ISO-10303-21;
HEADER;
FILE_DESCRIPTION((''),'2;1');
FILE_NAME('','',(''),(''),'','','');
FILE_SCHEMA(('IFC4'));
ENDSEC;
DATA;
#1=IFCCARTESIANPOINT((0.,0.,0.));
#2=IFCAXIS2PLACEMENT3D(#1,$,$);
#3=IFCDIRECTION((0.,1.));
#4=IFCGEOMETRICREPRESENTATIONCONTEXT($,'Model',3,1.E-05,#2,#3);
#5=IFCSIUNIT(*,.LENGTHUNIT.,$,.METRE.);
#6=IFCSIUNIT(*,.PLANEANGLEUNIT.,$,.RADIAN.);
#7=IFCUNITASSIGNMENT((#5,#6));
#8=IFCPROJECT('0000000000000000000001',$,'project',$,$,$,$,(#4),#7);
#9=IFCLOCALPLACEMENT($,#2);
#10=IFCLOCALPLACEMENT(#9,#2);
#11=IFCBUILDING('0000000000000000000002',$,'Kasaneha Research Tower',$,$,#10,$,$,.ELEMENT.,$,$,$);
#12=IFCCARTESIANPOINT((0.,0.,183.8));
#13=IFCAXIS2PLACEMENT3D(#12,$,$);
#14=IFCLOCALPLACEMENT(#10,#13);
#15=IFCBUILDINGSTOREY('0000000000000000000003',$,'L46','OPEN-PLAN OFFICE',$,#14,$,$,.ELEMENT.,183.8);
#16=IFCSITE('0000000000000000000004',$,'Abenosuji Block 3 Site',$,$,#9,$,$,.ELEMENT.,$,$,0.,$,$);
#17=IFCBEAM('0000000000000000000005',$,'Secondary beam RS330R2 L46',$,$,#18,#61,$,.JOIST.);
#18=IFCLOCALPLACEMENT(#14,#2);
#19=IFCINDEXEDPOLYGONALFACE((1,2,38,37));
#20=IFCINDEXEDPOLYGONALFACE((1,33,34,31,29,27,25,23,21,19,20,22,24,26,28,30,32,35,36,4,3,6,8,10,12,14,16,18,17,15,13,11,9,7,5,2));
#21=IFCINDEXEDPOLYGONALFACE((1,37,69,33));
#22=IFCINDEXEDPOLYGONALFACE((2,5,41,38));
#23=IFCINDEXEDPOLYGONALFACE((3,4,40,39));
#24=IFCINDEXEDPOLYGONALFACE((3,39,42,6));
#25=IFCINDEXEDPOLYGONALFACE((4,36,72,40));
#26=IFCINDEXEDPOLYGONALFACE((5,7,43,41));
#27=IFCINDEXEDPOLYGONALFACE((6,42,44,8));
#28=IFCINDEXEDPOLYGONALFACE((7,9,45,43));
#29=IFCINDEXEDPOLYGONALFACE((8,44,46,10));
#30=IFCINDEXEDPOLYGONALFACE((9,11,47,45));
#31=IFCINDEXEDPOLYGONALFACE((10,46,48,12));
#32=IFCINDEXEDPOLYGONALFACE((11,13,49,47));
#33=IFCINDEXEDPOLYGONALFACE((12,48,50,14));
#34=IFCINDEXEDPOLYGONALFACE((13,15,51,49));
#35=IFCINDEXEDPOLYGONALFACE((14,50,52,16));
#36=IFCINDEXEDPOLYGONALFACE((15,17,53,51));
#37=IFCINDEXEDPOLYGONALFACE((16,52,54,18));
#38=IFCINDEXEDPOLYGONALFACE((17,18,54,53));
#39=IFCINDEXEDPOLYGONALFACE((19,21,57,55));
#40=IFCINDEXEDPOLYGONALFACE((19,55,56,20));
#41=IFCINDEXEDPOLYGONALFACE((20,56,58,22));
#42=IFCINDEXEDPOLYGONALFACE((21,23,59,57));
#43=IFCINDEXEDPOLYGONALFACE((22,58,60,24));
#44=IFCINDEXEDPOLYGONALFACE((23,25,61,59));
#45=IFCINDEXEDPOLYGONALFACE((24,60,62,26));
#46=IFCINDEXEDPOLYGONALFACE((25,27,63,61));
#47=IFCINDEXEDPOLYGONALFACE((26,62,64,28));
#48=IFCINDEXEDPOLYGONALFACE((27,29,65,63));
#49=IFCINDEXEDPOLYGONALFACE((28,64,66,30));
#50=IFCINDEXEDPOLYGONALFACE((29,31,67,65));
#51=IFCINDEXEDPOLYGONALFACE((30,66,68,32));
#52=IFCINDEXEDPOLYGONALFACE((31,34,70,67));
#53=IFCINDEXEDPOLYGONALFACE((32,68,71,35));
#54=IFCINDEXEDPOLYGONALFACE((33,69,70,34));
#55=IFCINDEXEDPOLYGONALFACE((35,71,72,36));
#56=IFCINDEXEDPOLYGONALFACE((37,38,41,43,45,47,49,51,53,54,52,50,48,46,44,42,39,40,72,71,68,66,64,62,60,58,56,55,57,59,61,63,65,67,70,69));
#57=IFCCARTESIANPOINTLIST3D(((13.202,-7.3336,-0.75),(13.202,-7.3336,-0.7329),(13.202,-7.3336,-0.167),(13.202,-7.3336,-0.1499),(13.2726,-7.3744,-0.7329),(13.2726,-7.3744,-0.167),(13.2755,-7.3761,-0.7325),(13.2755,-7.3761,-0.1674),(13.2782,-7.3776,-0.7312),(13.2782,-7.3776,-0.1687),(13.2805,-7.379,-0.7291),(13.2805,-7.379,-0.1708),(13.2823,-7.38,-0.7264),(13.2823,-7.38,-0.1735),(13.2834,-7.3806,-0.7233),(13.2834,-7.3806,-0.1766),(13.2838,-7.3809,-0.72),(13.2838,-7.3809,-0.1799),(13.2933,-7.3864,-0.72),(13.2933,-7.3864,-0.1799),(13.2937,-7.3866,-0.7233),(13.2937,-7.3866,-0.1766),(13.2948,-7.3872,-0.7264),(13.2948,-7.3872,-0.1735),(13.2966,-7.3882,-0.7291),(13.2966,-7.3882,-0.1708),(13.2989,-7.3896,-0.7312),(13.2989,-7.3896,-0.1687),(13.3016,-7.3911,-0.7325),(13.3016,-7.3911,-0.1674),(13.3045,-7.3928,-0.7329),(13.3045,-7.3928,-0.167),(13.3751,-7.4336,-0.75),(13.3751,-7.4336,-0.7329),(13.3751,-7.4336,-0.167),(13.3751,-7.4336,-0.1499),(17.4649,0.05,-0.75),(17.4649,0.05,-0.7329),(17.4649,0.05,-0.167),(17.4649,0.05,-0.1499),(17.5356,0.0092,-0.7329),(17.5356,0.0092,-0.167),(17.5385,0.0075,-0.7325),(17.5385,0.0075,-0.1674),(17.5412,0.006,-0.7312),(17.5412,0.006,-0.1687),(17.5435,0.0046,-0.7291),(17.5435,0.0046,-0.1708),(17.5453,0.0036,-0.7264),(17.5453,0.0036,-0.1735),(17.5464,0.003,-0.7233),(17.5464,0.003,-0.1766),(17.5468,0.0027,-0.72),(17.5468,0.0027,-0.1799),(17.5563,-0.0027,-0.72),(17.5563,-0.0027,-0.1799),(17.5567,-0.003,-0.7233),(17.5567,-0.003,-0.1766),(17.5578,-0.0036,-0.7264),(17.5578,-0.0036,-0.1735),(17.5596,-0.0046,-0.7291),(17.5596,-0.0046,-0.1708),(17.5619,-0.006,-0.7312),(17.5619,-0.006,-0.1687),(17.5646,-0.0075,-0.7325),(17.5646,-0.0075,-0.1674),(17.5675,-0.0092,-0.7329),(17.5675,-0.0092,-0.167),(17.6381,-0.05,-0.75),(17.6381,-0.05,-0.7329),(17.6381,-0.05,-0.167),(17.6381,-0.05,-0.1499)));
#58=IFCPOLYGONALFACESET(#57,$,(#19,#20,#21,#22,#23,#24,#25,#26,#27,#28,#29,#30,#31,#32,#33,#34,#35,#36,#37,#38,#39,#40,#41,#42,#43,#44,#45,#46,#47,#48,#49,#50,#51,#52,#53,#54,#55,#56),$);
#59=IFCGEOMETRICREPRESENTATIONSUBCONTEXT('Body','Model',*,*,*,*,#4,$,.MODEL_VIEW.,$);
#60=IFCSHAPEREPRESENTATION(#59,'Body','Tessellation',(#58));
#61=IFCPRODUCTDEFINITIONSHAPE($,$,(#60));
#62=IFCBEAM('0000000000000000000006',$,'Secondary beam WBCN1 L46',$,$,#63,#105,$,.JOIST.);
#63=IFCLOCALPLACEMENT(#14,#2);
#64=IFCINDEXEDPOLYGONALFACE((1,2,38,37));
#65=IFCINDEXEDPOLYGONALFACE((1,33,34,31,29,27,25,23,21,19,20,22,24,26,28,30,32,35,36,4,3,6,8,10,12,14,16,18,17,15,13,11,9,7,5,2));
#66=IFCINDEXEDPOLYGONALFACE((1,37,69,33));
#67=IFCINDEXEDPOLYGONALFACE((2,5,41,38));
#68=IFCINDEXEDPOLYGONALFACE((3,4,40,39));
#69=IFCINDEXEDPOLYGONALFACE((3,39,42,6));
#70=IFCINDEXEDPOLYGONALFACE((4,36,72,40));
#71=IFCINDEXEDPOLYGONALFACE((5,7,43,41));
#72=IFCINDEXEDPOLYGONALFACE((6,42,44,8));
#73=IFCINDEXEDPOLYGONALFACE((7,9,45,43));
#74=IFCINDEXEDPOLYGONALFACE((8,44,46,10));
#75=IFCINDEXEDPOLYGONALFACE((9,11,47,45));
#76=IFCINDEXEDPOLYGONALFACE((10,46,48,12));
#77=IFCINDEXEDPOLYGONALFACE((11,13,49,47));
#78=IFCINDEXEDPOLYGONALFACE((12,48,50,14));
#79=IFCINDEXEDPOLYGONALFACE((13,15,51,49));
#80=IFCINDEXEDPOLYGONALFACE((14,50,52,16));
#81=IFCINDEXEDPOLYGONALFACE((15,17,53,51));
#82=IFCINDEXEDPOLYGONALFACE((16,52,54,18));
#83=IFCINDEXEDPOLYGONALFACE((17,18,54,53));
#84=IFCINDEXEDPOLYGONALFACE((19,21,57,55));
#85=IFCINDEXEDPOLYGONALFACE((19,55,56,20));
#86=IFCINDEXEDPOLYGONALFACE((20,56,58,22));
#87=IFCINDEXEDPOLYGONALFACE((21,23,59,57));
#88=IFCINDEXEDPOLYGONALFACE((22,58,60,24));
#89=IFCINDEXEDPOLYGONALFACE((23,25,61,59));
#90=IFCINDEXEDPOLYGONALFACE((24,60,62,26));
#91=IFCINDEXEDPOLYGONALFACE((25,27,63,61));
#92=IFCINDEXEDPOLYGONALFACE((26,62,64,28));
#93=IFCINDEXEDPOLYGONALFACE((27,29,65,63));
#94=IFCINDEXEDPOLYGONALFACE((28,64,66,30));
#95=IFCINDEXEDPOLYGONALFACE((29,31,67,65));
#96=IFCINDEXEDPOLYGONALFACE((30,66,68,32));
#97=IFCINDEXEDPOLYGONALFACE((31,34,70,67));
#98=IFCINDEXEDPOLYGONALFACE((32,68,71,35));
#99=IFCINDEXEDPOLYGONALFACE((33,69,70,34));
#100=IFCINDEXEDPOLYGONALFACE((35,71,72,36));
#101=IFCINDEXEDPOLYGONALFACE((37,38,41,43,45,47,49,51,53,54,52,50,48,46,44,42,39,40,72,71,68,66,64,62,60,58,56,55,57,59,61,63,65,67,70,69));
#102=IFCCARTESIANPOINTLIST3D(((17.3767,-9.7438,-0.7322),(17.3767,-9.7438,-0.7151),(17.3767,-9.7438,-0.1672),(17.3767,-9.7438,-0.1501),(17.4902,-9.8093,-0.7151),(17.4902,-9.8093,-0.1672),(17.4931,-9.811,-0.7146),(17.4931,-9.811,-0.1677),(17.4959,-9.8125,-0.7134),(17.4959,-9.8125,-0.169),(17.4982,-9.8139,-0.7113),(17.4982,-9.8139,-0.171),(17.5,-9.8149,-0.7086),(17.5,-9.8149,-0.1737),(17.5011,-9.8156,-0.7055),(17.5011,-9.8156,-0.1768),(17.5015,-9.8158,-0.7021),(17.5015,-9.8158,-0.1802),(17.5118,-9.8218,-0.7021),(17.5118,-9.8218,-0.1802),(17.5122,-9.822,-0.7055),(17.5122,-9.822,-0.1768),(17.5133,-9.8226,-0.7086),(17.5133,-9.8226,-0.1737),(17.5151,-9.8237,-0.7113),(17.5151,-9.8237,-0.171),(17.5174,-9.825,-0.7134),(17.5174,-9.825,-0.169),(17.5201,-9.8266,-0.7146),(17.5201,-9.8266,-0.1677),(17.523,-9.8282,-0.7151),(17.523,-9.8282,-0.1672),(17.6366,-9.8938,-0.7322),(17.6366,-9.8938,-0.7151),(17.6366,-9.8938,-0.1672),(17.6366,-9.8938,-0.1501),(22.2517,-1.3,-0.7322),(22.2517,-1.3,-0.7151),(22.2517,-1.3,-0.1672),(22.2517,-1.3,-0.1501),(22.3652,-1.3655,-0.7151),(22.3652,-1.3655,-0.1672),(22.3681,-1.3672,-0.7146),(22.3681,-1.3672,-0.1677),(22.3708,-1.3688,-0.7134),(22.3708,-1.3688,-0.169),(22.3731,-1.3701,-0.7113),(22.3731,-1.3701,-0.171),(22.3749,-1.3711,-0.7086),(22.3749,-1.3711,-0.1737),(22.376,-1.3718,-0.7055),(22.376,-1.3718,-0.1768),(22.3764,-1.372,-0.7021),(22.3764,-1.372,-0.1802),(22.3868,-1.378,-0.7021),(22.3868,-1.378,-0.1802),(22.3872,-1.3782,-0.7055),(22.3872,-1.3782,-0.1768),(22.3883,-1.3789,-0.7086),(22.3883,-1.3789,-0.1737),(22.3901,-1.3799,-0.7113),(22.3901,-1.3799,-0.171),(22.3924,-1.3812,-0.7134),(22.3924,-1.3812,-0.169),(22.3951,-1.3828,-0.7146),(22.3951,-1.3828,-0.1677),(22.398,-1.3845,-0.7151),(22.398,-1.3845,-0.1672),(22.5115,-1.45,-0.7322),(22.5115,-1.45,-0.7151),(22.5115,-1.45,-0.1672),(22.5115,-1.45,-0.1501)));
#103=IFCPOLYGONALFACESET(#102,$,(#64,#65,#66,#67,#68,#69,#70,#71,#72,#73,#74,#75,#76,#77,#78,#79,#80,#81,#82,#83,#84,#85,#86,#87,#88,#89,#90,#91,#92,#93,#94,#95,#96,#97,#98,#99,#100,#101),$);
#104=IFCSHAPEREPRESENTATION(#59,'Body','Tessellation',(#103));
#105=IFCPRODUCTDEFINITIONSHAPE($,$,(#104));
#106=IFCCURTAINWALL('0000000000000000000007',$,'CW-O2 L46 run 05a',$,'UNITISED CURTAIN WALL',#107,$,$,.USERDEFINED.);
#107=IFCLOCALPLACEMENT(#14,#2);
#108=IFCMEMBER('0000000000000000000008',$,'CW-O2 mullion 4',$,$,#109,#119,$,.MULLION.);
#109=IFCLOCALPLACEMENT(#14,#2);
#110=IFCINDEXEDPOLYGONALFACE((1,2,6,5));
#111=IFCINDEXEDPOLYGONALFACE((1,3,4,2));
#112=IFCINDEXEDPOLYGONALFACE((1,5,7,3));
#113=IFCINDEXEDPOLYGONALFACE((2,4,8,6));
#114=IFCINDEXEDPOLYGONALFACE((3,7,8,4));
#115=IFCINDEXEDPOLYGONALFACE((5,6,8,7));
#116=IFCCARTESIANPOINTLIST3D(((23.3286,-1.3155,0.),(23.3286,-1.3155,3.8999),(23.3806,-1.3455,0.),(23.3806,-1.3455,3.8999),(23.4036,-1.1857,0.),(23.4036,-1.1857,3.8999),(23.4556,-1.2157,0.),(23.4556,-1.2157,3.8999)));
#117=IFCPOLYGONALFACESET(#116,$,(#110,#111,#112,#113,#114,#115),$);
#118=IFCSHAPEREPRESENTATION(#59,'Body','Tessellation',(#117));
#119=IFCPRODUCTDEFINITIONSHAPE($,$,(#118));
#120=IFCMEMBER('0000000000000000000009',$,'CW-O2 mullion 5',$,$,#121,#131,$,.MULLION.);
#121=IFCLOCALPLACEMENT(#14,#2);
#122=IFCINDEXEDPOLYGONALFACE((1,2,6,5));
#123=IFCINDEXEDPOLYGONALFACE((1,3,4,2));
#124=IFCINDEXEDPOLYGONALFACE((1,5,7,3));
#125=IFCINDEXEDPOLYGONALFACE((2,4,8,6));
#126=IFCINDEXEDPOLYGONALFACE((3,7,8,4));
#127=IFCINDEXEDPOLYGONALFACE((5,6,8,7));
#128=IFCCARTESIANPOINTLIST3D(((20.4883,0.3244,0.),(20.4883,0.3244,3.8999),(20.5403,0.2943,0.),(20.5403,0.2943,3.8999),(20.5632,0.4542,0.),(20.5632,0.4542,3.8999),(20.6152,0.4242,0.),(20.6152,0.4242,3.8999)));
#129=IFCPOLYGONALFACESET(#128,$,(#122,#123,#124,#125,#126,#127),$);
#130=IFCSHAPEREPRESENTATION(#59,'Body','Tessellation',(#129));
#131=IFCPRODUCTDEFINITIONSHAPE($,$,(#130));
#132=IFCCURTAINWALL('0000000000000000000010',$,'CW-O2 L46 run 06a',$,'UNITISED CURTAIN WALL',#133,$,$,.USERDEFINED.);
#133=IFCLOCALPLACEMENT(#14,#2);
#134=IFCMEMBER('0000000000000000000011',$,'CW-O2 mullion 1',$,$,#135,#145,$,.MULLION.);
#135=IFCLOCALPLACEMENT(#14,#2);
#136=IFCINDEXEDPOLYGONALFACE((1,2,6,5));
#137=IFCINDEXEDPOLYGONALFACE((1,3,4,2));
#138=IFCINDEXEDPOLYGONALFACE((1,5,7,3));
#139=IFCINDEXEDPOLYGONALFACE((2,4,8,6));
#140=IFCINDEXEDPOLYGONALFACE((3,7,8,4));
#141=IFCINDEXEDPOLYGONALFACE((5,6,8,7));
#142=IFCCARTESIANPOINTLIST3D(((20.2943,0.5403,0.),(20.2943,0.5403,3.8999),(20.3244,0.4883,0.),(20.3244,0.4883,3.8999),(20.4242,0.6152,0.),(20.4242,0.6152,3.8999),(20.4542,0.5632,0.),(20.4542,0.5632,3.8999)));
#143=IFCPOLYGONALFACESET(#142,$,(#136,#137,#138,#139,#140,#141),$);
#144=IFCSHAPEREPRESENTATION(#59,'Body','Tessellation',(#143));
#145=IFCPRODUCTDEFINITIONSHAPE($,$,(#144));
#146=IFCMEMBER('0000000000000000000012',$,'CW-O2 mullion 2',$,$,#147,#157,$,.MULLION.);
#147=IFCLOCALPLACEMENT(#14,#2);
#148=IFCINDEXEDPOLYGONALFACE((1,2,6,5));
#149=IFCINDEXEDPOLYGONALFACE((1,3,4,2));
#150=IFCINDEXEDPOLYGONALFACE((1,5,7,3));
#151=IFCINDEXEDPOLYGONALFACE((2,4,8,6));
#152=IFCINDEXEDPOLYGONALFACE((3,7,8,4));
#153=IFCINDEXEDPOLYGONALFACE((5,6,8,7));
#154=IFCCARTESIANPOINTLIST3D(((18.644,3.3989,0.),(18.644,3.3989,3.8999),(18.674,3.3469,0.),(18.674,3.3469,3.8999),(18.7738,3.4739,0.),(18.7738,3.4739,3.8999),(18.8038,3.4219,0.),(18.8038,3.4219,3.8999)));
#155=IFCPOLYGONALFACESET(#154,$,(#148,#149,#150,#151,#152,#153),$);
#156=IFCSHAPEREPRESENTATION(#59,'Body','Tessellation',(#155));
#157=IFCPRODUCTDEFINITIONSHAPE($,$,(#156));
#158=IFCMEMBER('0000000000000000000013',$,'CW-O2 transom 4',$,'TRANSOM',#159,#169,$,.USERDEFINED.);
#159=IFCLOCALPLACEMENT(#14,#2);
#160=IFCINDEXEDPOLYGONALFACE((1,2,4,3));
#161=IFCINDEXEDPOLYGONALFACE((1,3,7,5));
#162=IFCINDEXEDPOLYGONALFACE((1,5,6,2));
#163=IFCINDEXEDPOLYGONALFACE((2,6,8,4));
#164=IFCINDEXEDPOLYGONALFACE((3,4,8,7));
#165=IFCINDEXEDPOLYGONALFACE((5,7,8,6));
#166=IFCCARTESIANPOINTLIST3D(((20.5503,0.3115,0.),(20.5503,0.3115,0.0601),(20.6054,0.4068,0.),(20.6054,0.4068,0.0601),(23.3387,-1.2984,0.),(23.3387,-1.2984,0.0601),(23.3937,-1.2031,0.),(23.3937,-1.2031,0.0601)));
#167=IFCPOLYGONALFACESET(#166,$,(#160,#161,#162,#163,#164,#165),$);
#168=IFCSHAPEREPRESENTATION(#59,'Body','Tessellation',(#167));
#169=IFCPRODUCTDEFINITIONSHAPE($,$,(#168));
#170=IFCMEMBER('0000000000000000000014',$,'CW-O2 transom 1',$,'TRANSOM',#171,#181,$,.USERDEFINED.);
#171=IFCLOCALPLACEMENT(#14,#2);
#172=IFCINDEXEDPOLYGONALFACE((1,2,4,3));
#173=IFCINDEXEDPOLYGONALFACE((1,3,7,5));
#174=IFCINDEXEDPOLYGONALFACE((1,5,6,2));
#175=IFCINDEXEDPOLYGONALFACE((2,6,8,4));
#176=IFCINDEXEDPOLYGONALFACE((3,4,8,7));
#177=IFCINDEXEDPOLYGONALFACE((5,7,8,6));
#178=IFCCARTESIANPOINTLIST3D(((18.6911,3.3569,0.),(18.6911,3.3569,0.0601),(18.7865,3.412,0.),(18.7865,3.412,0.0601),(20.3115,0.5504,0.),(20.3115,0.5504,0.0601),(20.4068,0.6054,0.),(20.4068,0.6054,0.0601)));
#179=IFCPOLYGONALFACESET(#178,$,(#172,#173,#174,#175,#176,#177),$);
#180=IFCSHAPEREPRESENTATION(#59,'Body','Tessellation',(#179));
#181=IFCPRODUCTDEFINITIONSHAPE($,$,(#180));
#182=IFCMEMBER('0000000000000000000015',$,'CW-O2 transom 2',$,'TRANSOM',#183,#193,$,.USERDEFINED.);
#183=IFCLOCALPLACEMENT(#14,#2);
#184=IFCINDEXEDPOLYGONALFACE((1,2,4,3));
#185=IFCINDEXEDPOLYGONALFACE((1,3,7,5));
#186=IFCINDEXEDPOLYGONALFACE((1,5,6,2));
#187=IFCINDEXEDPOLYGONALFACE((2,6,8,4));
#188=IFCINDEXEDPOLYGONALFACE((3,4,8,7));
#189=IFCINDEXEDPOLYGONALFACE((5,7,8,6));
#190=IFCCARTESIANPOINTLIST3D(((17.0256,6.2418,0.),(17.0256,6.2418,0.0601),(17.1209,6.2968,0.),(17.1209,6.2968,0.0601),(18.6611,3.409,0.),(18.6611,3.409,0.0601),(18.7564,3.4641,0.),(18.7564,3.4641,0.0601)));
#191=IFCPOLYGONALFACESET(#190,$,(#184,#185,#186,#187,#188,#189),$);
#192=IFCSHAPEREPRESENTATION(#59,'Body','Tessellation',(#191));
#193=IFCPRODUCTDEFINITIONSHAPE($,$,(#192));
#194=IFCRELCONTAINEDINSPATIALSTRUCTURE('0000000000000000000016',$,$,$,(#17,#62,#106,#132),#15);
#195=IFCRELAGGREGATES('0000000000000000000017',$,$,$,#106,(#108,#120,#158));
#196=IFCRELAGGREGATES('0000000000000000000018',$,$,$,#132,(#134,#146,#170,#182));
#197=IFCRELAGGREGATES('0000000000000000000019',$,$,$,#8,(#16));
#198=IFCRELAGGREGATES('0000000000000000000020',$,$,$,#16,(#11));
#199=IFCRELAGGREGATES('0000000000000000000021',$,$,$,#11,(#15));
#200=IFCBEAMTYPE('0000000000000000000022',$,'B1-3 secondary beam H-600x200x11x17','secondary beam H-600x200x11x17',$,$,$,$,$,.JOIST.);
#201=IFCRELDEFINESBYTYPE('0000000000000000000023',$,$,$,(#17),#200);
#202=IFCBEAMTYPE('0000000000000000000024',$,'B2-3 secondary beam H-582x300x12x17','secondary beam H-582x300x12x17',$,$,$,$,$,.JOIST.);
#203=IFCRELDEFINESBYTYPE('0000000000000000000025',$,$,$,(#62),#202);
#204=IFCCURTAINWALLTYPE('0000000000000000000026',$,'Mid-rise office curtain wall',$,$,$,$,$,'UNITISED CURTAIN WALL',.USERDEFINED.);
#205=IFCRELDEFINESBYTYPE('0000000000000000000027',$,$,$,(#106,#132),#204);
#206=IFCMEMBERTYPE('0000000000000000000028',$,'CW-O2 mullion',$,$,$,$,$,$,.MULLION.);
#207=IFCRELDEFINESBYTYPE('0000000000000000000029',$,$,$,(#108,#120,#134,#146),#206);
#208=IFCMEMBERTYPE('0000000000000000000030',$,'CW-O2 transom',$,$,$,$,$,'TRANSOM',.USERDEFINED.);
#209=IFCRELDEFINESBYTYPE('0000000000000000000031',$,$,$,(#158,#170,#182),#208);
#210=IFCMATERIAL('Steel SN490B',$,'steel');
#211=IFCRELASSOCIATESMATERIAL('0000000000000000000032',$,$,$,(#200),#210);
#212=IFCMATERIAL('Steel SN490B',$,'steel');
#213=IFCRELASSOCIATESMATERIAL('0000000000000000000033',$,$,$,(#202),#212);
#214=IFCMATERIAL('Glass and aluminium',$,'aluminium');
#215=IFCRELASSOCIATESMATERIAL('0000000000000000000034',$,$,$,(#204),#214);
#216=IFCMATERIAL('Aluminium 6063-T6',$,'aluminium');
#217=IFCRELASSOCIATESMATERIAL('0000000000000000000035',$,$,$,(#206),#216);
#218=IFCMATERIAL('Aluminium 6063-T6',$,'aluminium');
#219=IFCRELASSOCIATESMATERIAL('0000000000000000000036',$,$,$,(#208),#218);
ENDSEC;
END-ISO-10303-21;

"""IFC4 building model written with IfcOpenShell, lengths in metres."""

from ifc_helpers import new_model, si_unit, direction, frame, origin, origin_2d, place, context, subcontext, project, spatial, rectangle, i_section, extrude, material, material_profile, profile_set, type_object, element, aggregate, save


model = new_model("IFC4")

# Units and contexts
model_context = context("Model", 3, precision=1e-05, world=origin(), true_north=direction((0.0, 1.0)))
body_context = subcontext(model_context, "Body", "Model", "MODEL_VIEW")
ifc_project = project(units=[si_unit("LENGTHUNIT", "METRE"), si_unit("PLANEANGLEUNIT", "RADIAN")], contexts=[model_context])

# Site, building, storey
site_placement = place(None, origin())
site = spatial("IfcSite", under=ifc_project, at=site_placement, Name="Abenosuji Block 3 Site", CompositionType="ELEMENT", RefElevation=0.0)
building_placement = place(site_placement, origin())
building = spatial("IfcBuilding", under=site, at=building_placement, Name="Kasaneha Research Tower", CompositionType="ELEMENT")
storey_placement = place(building_placement, frame((0.0, 0.0, 183.8)))
storey = spatial("IfcBuildingStorey", under=building, at=storey_placement, Name="L46", Description="OPEN-PLAN OFFICE", CompositionType="ELEMENT", Elevation=183.8)

# Beams
ifc_material_1 = material(Name="Steel SN490B", Category="steel")
ifc_material_profile_1 = material_profile(ifc_material_1, i_section(OverallWidth=0.2, OverallDepth=0.6001, WebThickness=0.011, FlangeThickness=0.0171, FilletRadius=0.0129, at=origin_2d()), Name="H-600x200x11x17")
ifc_profile_set_1 = profile_set([ifc_material_profile_1], Name="Steel SN490B")
beam_type_1 = type_object("IfcBeamType", Name="B1-3 secondary beam H-600x200x11x17", Description="secondary beam H-600x200x11x17", PredefinedType="JOIST", material=ifc_profile_set_1)
beam_1_placement = place(storey_placement, frame((17.5515, 0.0, -0.45), z_axis=(-0.500004, -0.866023, 0.0), x_axis=(0.866023, -0.500004, 0.0)))
element("IfcBeam", 1, at=beam_1_placement, inside=storey, type_object=beam_type_1, Name="Secondary beam RS330R2 L46", PredefinedType="JOIST", context=body_context, shape_type="SweptSolid", body=[
    extrude(i_section(OverallWidth=0.2, OverallDepth=0.6001, WebThickness=0.011, FlangeThickness=0.0171, FilletRadius=0.0129, at=origin_2d()), origin(), (0.0, 0.0, 1.0), 8.5259),
])
ifc_material_2 = material(Name="Steel SN490B", Category="steel")
ifc_material_profile_2 = material_profile(ifc_material_2, i_section(OverallWidth=0.3, OverallDepth=0.582, WebThickness=0.012, FlangeThickness=0.0171, FilletRadius=0.0129, at=origin_2d()), Name="H-582x300x12x17")
ifc_profile_set_2 = profile_set([ifc_material_profile_2], Name="Steel SN490B")
beam_type_2 = type_object("IfcBeamType", Name="B2-3 secondary beam H-582x300x12x17", Description="secondary beam H-582x300x12x17", PredefinedType="JOIST", material=ifc_profile_set_2)
beam_2_placement = place(storey_placement, frame((22.3816, -1.375, -0.4412), z_axis=(-0.499996, -0.866028, 0.0), x_axis=(0.866028, -0.499996, 0.0)))
element("IfcBeam", 2, at=beam_2_placement, inside=storey, type_object=beam_type_2, Name="Secondary beam WBCN1 L46", PredefinedType="JOIST", context=body_context, shape_type="SweptSolid", body=[
    extrude(i_section(OverallWidth=0.3, OverallDepth=0.582, WebThickness=0.012, FlangeThickness=0.0171, FilletRadius=0.0129, at=origin_2d()), origin(), (0.0, 0.0, 1.0), 9.75),
])

# Curtain walls, members
ifc_material_3 = material(Name="Glass and aluminium", Category="aluminium")
curtain_wall_type = type_object("IfcCurtainWallType", Name="Mid-rise office curtain wall", ElementType="UNITISED CURTAIN WALL", PredefinedType="USERDEFINED", material=ifc_material_3)
curtain_wall_1_placement = place(storey_placement, origin())
curtain_wall_1 = element("IfcCurtainWall", 3, at=curtain_wall_1_placement, inside=storey, type_object=curtain_wall_type, Name="CW-O2 L46 run 05a", ObjectType="UNITISED CURTAIN WALL", PredefinedType="USERDEFINED")
ifc_material_4 = material(Name="Aluminium 6063-T6", Category="aluminium")
ifc_material_profile_3 = material_profile(ifc_material_4, rectangle(XDim=0.0601, YDim=0.1499, at=origin_2d()), Name="CW-O2 mullion 60x150")
ifc_profile_set_3 = profile_set([ifc_material_profile_3], Name="Aluminium 6063-T6")
member_type_1 = type_object("IfcMemberType", Name="CW-O2 mullion", PredefinedType="MULLION", material=ifc_profile_set_3)
member_1_placement = place(storey_placement, frame((23.3921, -1.2656, 0.0), z_axis=(0.0, 0.0, 1.0), x_axis=(-0.866025, 0.5, 0.0)))
member_1 = element("IfcMember", 4, at=member_1_placement, type_object=member_type_1, Name="CW-O2 mullion 4", PredefinedType="MULLION", context=body_context, shape_type="SweptSolid", body=[
    extrude(rectangle(XDim=0.0601, YDim=0.1499, at=origin_2d()), origin(), (0.0, 0.0, 1.0), 3.8999),
])
member_2_placement = place(storey_placement, frame((20.5518, 0.3743, 0.0), z_axis=(0.0, 0.0, 1.0), x_axis=(-0.866025, 0.5, 0.0)))
member_2 = element("IfcMember", 5, at=member_2_placement, type_object=member_type_1, Name="CW-O2 mullion 5", PredefinedType="MULLION", context=body_context, shape_type="SweptSolid", body=[
    extrude(rectangle(XDim=0.0601, YDim=0.1499, at=origin_2d()), origin(), (0.0, 0.0, 1.0), 3.8999),
])
curtain_wall_2_placement = place(storey_placement, origin())
curtain_wall_2 = element("IfcCurtainWall", 6, at=curtain_wall_2_placement, inside=storey, type_object=curtain_wall_type, Name="CW-O2 L46 run 06a", ObjectType="UNITISED CURTAIN WALL", PredefinedType="USERDEFINED")
member_3_placement = place(storey_placement, frame((20.3743, 0.5518, 0.0), z_axis=(0.0, 0.0, 1.0), x_axis=(-0.5, 0.866025, 0.0)))
member_3 = element("IfcMember", 7, at=member_3_placement, type_object=member_type_1, Name="CW-O2 mullion 1", PredefinedType="MULLION", context=body_context, shape_type="SweptSolid", body=[
    extrude(rectangle(XDim=0.0601, YDim=0.1499, at=origin_2d()), origin(), (0.0, 0.0, 1.0), 3.8999),
])
member_4_placement = place(storey_placement, frame((18.7239, 3.4104, 0.0), z_axis=(0.0, 0.0, 1.0), x_axis=(-0.5, 0.866025, 0.0)))
member_4 = element("IfcMember", 8, at=member_4_placement, type_object=member_type_1, Name="CW-O2 mullion 2", PredefinedType="MULLION", context=body_context, shape_type="SweptSolid", body=[
    extrude(rectangle(XDim=0.0601, YDim=0.1499, at=origin_2d()), origin(), (0.0, 0.0, 1.0), 3.8999),
])

# Members
ifc_material_5 = material(Name="Aluminium 6063-T6", Category="aluminium")
ifc_material_profile_4 = material_profile(ifc_material_5, rectangle(XDim=0.1101, YDim=0.0601, at=origin_2d()), Name="CW-O2 transom 110x60")
ifc_profile_set_4 = profile_set([ifc_material_profile_4], Name="Aluminium 6063-T6")
member_type_2 = type_object("IfcMemberType", Name="CW-O2 transom", ElementType="TRANSOM", PredefinedType="USERDEFINED", material=ifc_profile_set_4)
member_5_placement = place(storey_placement, frame((23.3662, -1.2507, 0.03), z_axis=(-0.866023, 0.500005, 0.0), x_axis=(-0.500005, -0.866023, 0.0)))
member_5 = element("IfcMember", 9, at=member_5_placement, type_object=member_type_2, Name="CW-O2 transom 4", ObjectType="TRANSOM", PredefinedType="USERDEFINED", context=body_context, shape_type="SweptSolid", body=[
    extrude(rectangle(XDim=0.1101, YDim=0.0601, at=origin_2d()), origin(), (0.0, 0.0, 1.0), 3.2197),
])
member_6_placement = place(storey_placement, frame((20.3591, 0.5779, 0.03), z_axis=(-0.499988, 0.866033, 0.0), x_axis=(-0.866033, -0.499988, 0.0)))
member_6 = element("IfcMember", 10, at=member_6_placement, type_object=member_type_2, Name="CW-O2 transom 1", ObjectType="TRANSOM", PredefinedType="USERDEFINED", context=body_context, shape_type="SweptSolid", body=[
    extrude(rectangle(XDim=0.1101, YDim=0.0601, at=origin_2d()), origin(), (0.0, 0.0, 1.0), 3.2407),
])
member_7_placement = place(storey_placement, frame((18.7087, 3.4365, 0.03), z_axis=(-0.5, 0.866025, 0.0), x_axis=(-0.866025, -0.5, 0.0)))
member_7 = element("IfcMember", 11, at=member_7_placement, type_object=member_type_2, Name="CW-O2 transom 2", ObjectType="TRANSOM", PredefinedType="USERDEFINED", context=body_context, shape_type="SweptSolid", body=[
    extrude(rectangle(XDim=0.1101, YDim=0.0601, at=origin_2d()), origin(), (0.0, 0.0, 1.0), 3.271),
])

aggregate(curtain_wall_1, [member_1, member_2, member_5])
aggregate(curtain_wall_2, [member_3, member_4, member_6, member_7])

save(model, "model.ifc")
